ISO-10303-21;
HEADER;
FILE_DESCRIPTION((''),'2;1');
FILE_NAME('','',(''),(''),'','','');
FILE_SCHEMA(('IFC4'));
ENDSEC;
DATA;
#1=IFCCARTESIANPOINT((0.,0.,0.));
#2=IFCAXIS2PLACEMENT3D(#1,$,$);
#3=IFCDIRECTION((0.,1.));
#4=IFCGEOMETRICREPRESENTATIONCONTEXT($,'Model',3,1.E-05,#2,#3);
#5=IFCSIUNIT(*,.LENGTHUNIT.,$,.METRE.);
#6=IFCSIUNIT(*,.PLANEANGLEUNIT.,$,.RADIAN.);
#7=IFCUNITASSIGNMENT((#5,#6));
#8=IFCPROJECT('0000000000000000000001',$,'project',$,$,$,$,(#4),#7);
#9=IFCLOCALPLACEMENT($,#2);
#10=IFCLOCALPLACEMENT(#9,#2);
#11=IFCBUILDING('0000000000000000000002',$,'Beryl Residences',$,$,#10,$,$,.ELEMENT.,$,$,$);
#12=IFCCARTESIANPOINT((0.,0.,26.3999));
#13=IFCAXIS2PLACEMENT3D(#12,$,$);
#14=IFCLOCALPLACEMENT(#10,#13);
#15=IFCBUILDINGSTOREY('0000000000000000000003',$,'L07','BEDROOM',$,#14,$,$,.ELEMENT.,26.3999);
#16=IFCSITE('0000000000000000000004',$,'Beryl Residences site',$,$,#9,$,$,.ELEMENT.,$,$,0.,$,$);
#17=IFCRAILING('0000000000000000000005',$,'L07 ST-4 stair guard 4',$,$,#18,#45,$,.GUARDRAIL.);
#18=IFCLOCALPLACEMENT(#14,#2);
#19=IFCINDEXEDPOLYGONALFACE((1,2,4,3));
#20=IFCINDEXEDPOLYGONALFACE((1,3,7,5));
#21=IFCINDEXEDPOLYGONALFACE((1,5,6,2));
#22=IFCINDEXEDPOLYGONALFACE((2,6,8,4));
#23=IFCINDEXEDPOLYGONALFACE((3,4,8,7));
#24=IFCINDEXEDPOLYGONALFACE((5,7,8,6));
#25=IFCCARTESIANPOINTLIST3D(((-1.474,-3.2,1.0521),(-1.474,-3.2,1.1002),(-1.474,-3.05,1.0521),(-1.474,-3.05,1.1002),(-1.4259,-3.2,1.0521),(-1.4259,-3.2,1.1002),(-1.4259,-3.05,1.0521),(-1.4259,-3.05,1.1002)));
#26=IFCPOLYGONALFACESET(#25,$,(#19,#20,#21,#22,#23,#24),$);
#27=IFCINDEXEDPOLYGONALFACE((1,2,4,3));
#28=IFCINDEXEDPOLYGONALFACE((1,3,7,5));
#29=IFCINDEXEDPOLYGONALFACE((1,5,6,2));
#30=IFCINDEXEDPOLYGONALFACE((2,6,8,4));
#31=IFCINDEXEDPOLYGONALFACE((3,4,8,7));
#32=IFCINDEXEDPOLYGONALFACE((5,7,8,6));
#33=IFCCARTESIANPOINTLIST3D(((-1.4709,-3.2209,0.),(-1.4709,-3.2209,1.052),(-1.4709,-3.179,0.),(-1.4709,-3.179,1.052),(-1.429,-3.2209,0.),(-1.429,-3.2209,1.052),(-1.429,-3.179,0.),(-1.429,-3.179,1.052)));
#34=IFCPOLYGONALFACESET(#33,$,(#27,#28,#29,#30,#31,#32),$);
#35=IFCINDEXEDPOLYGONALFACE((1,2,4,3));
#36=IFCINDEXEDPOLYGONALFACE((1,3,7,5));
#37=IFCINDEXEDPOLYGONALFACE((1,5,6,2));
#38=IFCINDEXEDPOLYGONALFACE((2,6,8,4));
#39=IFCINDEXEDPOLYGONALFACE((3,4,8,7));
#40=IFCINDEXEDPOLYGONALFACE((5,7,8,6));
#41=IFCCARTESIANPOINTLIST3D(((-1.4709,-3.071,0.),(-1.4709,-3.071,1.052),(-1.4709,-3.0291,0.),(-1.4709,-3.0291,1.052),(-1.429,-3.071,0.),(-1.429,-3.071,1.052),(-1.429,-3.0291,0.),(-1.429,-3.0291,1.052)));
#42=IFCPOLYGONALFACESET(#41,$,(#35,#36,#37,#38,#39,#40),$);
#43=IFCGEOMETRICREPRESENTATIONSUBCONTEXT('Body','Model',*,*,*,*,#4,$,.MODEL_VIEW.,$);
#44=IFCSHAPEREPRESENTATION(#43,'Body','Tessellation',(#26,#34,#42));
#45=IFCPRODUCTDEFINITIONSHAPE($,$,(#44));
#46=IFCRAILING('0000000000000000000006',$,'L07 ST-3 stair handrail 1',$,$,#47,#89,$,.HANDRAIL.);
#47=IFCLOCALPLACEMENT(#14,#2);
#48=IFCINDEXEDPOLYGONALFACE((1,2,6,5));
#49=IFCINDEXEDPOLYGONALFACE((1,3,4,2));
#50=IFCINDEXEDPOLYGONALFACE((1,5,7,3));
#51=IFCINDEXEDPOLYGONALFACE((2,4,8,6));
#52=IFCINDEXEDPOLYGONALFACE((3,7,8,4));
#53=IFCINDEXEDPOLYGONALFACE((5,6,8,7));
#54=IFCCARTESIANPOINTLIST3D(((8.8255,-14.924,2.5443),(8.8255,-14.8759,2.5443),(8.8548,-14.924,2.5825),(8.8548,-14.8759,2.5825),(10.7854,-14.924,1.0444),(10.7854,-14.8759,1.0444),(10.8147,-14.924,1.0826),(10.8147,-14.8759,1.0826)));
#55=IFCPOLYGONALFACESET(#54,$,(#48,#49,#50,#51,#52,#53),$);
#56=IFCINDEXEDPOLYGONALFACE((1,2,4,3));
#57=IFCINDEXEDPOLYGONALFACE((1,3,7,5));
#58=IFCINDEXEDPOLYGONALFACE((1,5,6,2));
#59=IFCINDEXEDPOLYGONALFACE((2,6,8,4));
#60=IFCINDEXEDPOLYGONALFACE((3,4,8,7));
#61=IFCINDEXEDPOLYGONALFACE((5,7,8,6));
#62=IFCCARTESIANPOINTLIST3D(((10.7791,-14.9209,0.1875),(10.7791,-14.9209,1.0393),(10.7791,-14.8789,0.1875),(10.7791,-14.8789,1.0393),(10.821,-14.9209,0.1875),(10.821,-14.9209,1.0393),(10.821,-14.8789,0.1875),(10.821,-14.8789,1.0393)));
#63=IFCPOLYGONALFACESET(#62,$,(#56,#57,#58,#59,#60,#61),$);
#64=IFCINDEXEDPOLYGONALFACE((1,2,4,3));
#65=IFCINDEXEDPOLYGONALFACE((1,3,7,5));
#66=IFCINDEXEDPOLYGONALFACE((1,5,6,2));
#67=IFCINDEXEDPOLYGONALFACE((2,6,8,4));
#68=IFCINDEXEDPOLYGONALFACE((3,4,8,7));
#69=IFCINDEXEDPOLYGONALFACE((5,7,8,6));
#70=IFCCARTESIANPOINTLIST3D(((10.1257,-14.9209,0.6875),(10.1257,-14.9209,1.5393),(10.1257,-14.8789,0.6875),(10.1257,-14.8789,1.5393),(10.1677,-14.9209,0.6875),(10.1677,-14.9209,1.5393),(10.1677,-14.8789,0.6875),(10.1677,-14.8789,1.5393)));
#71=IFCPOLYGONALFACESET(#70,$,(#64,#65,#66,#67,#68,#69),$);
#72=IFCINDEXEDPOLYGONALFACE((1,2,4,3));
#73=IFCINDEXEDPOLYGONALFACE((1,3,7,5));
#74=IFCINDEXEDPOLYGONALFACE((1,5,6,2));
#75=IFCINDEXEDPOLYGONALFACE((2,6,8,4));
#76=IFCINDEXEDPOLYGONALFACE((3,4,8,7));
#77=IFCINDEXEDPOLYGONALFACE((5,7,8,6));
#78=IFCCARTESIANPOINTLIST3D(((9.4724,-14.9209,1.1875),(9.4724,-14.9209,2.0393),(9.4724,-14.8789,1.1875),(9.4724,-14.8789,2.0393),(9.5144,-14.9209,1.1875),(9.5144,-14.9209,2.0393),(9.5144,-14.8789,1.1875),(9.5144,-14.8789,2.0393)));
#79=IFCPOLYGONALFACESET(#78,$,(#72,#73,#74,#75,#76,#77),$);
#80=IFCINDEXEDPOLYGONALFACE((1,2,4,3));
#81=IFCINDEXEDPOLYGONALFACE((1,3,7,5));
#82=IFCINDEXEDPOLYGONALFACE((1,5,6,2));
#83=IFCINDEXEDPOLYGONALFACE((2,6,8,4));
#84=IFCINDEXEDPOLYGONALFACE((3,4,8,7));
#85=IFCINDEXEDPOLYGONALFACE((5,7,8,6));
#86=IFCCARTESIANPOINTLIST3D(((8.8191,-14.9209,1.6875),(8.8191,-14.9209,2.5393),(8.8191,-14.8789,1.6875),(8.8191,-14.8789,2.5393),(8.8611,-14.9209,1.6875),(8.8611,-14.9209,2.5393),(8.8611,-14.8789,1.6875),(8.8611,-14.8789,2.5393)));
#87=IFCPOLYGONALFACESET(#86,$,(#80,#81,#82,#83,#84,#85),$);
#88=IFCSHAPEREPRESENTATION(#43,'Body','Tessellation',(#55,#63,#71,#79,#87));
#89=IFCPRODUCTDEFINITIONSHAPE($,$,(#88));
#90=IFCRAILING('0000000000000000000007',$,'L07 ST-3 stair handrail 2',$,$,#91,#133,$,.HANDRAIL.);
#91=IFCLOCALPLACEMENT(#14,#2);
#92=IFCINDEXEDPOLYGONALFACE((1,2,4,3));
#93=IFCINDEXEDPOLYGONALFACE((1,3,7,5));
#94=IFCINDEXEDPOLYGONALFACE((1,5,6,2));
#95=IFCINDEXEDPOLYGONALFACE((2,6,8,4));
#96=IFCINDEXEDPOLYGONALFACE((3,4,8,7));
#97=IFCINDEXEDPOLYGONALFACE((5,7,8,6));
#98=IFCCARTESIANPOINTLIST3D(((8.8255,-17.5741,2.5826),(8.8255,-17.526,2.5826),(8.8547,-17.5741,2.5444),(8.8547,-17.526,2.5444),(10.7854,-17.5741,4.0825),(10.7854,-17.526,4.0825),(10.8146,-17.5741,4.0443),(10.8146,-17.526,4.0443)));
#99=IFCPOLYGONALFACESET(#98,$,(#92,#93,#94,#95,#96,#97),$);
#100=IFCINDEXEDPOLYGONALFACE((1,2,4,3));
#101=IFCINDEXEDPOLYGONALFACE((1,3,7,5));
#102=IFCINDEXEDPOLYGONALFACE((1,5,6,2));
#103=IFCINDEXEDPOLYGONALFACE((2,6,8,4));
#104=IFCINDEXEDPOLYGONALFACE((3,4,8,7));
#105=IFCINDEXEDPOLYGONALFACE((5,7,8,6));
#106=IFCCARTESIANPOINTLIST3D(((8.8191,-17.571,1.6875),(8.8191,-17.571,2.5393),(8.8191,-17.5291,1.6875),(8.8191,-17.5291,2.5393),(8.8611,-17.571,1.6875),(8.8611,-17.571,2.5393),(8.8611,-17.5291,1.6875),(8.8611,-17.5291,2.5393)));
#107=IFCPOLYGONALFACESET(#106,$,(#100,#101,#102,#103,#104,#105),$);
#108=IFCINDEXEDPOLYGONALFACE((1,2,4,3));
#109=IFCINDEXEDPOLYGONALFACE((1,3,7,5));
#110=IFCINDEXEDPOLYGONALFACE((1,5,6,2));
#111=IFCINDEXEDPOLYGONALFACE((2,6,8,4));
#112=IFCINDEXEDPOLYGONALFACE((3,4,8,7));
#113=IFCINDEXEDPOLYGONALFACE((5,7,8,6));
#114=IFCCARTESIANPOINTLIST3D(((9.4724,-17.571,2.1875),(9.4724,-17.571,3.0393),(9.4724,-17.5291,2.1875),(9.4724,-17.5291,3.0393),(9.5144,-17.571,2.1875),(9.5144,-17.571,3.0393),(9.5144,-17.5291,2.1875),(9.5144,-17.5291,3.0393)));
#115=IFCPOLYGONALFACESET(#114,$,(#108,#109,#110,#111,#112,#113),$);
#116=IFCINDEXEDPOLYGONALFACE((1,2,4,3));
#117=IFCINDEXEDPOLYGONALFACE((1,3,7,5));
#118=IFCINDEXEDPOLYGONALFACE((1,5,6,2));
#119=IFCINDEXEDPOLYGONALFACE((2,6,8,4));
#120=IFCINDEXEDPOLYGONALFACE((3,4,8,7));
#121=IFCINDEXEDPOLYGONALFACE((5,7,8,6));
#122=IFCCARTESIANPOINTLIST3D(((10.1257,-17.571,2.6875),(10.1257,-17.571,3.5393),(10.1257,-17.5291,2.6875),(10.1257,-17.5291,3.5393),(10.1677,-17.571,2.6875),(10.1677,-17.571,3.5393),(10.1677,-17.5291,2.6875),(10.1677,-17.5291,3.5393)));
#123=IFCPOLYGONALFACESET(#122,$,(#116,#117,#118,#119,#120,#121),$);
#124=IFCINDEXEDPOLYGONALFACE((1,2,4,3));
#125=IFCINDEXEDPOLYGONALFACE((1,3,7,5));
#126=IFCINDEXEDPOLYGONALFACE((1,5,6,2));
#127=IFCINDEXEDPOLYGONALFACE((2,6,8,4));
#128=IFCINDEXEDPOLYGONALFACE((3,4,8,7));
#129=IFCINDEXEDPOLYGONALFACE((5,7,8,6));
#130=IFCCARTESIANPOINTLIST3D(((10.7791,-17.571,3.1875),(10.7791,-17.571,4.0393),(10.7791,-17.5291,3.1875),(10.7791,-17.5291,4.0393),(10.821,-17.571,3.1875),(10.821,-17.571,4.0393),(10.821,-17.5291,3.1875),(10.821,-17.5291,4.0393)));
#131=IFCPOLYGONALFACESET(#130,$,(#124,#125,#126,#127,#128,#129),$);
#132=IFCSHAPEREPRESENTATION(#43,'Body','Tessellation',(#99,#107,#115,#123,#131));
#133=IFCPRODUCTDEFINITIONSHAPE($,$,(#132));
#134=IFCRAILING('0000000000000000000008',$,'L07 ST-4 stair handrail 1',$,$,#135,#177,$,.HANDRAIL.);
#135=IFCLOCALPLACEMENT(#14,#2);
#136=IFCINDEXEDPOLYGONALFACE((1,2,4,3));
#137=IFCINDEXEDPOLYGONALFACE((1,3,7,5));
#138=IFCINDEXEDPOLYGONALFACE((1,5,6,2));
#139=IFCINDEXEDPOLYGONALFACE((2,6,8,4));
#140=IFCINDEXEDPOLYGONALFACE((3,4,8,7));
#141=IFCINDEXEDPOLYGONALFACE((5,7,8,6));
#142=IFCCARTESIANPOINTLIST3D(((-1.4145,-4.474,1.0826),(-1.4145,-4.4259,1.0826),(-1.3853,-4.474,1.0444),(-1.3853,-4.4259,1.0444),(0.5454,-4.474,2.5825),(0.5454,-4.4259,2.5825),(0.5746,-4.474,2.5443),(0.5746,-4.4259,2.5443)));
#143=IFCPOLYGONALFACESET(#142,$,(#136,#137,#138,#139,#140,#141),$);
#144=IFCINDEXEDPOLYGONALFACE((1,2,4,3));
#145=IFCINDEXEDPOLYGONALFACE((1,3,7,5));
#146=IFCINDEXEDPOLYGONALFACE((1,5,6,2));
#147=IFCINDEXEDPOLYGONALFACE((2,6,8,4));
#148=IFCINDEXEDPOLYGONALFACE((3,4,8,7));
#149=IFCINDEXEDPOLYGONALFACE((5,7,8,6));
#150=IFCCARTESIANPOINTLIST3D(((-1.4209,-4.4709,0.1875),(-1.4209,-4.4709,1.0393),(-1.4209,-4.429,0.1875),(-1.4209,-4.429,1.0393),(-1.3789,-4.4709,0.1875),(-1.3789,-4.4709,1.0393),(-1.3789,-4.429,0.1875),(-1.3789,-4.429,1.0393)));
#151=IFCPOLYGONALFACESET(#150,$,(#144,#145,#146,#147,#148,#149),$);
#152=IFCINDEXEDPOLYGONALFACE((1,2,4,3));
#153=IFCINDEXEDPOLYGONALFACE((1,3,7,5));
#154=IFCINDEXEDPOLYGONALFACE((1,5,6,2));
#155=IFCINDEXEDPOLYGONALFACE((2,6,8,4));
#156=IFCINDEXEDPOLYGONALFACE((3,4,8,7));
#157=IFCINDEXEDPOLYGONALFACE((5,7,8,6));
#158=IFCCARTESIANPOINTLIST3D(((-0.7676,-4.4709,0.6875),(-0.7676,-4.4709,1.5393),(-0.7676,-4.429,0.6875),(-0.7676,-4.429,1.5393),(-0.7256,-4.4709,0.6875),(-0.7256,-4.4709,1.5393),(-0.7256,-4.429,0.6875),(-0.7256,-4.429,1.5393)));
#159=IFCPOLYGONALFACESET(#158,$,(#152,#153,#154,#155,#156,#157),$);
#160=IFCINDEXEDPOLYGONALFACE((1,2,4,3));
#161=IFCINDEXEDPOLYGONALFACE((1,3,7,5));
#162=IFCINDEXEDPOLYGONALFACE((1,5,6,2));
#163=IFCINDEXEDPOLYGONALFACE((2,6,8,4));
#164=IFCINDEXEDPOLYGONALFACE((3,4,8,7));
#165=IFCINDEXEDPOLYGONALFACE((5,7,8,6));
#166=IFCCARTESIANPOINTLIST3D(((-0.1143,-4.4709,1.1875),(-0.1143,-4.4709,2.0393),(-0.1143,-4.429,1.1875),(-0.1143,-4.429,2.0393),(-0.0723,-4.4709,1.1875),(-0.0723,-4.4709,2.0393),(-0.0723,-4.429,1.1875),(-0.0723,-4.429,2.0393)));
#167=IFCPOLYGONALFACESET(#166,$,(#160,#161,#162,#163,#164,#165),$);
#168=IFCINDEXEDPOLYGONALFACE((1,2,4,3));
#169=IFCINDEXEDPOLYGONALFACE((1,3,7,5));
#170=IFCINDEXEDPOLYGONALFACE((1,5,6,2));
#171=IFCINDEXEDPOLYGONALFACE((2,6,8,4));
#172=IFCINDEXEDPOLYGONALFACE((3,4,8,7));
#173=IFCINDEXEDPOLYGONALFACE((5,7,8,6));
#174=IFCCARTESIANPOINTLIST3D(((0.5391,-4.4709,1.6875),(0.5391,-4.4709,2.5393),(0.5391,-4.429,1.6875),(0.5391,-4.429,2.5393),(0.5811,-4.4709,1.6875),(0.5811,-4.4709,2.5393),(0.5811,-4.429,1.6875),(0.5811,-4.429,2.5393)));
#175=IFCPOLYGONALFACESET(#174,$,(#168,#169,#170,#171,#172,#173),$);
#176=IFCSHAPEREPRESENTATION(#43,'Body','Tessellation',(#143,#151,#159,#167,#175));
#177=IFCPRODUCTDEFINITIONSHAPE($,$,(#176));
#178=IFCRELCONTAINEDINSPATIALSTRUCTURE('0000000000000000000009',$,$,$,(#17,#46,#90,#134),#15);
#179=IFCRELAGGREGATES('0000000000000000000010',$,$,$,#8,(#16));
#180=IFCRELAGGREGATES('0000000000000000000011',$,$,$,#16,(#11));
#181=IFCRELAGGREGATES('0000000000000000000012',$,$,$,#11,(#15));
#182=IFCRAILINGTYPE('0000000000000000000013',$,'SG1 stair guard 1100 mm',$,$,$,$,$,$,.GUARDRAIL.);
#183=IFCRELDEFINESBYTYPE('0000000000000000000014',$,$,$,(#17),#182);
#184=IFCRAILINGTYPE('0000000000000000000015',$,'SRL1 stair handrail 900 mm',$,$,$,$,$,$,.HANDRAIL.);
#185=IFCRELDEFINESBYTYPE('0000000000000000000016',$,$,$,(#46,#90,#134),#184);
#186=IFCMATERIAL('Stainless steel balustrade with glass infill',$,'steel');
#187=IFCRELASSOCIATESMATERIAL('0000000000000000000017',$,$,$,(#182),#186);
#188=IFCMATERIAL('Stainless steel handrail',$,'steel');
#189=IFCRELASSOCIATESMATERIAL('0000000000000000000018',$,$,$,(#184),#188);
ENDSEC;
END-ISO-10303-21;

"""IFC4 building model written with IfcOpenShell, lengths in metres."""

from ifc_helpers import new_model, si_unit, direction, frame, origin, origin_2d, place, context, subcontext, project, spatial, rectangle, extrude, material, type_object, element, save


model = new_model("IFC4")

# Units and contexts
model_context = context("Model", 3, precision=1e-05, world=origin(), true_north=direction((0.0, 1.0)))
body_context = subcontext(model_context, "Body", "Model", "MODEL_VIEW")
ifc_project = project(units=[si_unit("LENGTHUNIT", "METRE"), si_unit("PLANEANGLEUNIT", "RADIAN")], contexts=[model_context])

# Site, building, storey
site_placement = place(None, origin())
site = spatial("IfcSite", under=ifc_project, at=site_placement, Name="Beryl Residences site", CompositionType="ELEMENT", RefElevation=0.0)
building_placement = place(site_placement, origin())
building = spatial("IfcBuilding", under=site, at=building_placement, Name="Beryl Residences", CompositionType="ELEMENT")
storey_placement = place(building_placement, frame((0.0, 0.0, 26.3999)))
storey = spatial("IfcBuildingStorey", under=building, at=storey_placement, Name="L07", Description="BEDROOM", CompositionType="ELEMENT", Elevation=26.3999)

# Railings
ifc_material_1 = material(Name="Stainless steel balustrade with glass infill", Category="steel")
railing_type_1 = type_object("IfcRailingType", Name="SG1 stair guard 1100 mm", PredefinedType="GUARDRAIL", material=ifc_material_1)
for number, where, name in (
    (1, (-1.45, -3.2, 0.0), "L07 ST-4 stair guard 4"),
):
    element("IfcRailing", number, at=place(storey_placement, frame(where)), inside=storey, type_object=railing_type_1, Name=name, PredefinedType="GUARDRAIL", context=body_context, shape_type="SweptSolid", body=[
        extrude(rectangle(XDim=0.0481, YDim=0.0481, at=origin_2d()), frame((0.0, 0.0, 1.0762), z_axis=(0.0, 1.0, 0.0), x_axis=(-1.0, 0.0, 0.0)), (0.0, 0.0, 1.0), 0.1499),
        extrude(rectangle(XDim=0.042, YDim=0.042, at=origin_2d()), origin(), (0.0, 0.0, 1.0), 1.052),
        extrude(rectangle(XDim=0.042, YDim=0.042, at=origin_2d()), frame((0.0, 0.1499, 0.0)), (0.0, 0.0, 1.0), 1.052),
    ])
ifc_material_2 = material(Name="Stainless steel handrail", Category="steel")
railing_type_2 = type_object("IfcRailingType", Name="SRL1 stair handrail 900 mm", PredefinedType="HANDRAIL", material=ifc_material_2)
railing_1_placement = place(storey_placement, frame((10.8, -14.8999, 0.1875)))
element("IfcRailing", 2, at=railing_1_placement, inside=storey, type_object=railing_type_2, Name="L07 ST-3 stair handrail 1", PredefinedType="HANDRAIL", context=body_context, shape_type="SweptSolid", body=[
    extrude(rectangle(XDim=0.0481, YDim=0.0481, at=origin_2d()), frame((0.0, 0.0, 0.876), z_axis=(-0.794122, 0.0, 0.607758), x_axis=(0.0, -1.0, 0.0)), (0.0, 0.0, 1.0), 2.468),
    extrude(rectangle(XDim=0.042, YDim=0.042, at=origin_2d()), origin(), (0.0, 0.0, 1.0), 0.8518),
    extrude(rectangle(XDim=0.042, YDim=0.042, at=origin_2d()), frame((-0.6533, 0.0, 0.5)), (0.0, 0.0, 1.0), 0.8518),
    extrude(rectangle(XDim=0.042, YDim=0.042, at=origin_2d()), frame((-1.3066, 0.0, 1.0)), (0.0, 0.0, 1.0), 0.8518),
    extrude(rectangle(XDim=0.042, YDim=0.042, at=origin_2d()), frame((-1.96, 0.0, 1.5)), (0.0, 0.0, 1.0), 0.8518),
])
for number, where, name in (
    (3, (8.8401, -17.55, 1.6875), "L07 ST-3 stair handrail 2"),
    (4, (-1.3999, -4.45, 0.1875), "L07 ST-4 stair handrail 1"),
):
    element("IfcRailing", number, at=place(storey_placement, frame(where)), inside=storey, type_object=railing_type_2, Name=name, PredefinedType="HANDRAIL", context=body_context, shape_type="SweptSolid", body=[
        extrude(rectangle(XDim=0.0481, YDim=0.0481, at=origin_2d()), frame((0.0, 0.0, 0.876), z_axis=(0.794122, 0.0, 0.607758), x_axis=(0.0, 1.0, 0.0)), (0.0, 0.0, 1.0), 2.468),
        extrude(rectangle(XDim=0.042, YDim=0.042, at=origin_2d()), origin(), (0.0, 0.0, 1.0), 0.8518),
        extrude(rectangle(XDim=0.042, YDim=0.042, at=origin_2d()), frame((0.6533, 0.0, 0.5)), (0.0, 0.0, 1.0), 0.8518),
        extrude(rectangle(XDim=0.042, YDim=0.042, at=origin_2d()), frame((1.3066, 0.0, 1.0)), (0.0, 0.0, 1.0), 0.8518),
        extrude(rectangle(XDim=0.042, YDim=0.042, at=origin_2d()), frame((1.96, 0.0, 1.5)), (0.0, 0.0, 1.0), 0.8518),
    ])

save(model, "model.ifc")
